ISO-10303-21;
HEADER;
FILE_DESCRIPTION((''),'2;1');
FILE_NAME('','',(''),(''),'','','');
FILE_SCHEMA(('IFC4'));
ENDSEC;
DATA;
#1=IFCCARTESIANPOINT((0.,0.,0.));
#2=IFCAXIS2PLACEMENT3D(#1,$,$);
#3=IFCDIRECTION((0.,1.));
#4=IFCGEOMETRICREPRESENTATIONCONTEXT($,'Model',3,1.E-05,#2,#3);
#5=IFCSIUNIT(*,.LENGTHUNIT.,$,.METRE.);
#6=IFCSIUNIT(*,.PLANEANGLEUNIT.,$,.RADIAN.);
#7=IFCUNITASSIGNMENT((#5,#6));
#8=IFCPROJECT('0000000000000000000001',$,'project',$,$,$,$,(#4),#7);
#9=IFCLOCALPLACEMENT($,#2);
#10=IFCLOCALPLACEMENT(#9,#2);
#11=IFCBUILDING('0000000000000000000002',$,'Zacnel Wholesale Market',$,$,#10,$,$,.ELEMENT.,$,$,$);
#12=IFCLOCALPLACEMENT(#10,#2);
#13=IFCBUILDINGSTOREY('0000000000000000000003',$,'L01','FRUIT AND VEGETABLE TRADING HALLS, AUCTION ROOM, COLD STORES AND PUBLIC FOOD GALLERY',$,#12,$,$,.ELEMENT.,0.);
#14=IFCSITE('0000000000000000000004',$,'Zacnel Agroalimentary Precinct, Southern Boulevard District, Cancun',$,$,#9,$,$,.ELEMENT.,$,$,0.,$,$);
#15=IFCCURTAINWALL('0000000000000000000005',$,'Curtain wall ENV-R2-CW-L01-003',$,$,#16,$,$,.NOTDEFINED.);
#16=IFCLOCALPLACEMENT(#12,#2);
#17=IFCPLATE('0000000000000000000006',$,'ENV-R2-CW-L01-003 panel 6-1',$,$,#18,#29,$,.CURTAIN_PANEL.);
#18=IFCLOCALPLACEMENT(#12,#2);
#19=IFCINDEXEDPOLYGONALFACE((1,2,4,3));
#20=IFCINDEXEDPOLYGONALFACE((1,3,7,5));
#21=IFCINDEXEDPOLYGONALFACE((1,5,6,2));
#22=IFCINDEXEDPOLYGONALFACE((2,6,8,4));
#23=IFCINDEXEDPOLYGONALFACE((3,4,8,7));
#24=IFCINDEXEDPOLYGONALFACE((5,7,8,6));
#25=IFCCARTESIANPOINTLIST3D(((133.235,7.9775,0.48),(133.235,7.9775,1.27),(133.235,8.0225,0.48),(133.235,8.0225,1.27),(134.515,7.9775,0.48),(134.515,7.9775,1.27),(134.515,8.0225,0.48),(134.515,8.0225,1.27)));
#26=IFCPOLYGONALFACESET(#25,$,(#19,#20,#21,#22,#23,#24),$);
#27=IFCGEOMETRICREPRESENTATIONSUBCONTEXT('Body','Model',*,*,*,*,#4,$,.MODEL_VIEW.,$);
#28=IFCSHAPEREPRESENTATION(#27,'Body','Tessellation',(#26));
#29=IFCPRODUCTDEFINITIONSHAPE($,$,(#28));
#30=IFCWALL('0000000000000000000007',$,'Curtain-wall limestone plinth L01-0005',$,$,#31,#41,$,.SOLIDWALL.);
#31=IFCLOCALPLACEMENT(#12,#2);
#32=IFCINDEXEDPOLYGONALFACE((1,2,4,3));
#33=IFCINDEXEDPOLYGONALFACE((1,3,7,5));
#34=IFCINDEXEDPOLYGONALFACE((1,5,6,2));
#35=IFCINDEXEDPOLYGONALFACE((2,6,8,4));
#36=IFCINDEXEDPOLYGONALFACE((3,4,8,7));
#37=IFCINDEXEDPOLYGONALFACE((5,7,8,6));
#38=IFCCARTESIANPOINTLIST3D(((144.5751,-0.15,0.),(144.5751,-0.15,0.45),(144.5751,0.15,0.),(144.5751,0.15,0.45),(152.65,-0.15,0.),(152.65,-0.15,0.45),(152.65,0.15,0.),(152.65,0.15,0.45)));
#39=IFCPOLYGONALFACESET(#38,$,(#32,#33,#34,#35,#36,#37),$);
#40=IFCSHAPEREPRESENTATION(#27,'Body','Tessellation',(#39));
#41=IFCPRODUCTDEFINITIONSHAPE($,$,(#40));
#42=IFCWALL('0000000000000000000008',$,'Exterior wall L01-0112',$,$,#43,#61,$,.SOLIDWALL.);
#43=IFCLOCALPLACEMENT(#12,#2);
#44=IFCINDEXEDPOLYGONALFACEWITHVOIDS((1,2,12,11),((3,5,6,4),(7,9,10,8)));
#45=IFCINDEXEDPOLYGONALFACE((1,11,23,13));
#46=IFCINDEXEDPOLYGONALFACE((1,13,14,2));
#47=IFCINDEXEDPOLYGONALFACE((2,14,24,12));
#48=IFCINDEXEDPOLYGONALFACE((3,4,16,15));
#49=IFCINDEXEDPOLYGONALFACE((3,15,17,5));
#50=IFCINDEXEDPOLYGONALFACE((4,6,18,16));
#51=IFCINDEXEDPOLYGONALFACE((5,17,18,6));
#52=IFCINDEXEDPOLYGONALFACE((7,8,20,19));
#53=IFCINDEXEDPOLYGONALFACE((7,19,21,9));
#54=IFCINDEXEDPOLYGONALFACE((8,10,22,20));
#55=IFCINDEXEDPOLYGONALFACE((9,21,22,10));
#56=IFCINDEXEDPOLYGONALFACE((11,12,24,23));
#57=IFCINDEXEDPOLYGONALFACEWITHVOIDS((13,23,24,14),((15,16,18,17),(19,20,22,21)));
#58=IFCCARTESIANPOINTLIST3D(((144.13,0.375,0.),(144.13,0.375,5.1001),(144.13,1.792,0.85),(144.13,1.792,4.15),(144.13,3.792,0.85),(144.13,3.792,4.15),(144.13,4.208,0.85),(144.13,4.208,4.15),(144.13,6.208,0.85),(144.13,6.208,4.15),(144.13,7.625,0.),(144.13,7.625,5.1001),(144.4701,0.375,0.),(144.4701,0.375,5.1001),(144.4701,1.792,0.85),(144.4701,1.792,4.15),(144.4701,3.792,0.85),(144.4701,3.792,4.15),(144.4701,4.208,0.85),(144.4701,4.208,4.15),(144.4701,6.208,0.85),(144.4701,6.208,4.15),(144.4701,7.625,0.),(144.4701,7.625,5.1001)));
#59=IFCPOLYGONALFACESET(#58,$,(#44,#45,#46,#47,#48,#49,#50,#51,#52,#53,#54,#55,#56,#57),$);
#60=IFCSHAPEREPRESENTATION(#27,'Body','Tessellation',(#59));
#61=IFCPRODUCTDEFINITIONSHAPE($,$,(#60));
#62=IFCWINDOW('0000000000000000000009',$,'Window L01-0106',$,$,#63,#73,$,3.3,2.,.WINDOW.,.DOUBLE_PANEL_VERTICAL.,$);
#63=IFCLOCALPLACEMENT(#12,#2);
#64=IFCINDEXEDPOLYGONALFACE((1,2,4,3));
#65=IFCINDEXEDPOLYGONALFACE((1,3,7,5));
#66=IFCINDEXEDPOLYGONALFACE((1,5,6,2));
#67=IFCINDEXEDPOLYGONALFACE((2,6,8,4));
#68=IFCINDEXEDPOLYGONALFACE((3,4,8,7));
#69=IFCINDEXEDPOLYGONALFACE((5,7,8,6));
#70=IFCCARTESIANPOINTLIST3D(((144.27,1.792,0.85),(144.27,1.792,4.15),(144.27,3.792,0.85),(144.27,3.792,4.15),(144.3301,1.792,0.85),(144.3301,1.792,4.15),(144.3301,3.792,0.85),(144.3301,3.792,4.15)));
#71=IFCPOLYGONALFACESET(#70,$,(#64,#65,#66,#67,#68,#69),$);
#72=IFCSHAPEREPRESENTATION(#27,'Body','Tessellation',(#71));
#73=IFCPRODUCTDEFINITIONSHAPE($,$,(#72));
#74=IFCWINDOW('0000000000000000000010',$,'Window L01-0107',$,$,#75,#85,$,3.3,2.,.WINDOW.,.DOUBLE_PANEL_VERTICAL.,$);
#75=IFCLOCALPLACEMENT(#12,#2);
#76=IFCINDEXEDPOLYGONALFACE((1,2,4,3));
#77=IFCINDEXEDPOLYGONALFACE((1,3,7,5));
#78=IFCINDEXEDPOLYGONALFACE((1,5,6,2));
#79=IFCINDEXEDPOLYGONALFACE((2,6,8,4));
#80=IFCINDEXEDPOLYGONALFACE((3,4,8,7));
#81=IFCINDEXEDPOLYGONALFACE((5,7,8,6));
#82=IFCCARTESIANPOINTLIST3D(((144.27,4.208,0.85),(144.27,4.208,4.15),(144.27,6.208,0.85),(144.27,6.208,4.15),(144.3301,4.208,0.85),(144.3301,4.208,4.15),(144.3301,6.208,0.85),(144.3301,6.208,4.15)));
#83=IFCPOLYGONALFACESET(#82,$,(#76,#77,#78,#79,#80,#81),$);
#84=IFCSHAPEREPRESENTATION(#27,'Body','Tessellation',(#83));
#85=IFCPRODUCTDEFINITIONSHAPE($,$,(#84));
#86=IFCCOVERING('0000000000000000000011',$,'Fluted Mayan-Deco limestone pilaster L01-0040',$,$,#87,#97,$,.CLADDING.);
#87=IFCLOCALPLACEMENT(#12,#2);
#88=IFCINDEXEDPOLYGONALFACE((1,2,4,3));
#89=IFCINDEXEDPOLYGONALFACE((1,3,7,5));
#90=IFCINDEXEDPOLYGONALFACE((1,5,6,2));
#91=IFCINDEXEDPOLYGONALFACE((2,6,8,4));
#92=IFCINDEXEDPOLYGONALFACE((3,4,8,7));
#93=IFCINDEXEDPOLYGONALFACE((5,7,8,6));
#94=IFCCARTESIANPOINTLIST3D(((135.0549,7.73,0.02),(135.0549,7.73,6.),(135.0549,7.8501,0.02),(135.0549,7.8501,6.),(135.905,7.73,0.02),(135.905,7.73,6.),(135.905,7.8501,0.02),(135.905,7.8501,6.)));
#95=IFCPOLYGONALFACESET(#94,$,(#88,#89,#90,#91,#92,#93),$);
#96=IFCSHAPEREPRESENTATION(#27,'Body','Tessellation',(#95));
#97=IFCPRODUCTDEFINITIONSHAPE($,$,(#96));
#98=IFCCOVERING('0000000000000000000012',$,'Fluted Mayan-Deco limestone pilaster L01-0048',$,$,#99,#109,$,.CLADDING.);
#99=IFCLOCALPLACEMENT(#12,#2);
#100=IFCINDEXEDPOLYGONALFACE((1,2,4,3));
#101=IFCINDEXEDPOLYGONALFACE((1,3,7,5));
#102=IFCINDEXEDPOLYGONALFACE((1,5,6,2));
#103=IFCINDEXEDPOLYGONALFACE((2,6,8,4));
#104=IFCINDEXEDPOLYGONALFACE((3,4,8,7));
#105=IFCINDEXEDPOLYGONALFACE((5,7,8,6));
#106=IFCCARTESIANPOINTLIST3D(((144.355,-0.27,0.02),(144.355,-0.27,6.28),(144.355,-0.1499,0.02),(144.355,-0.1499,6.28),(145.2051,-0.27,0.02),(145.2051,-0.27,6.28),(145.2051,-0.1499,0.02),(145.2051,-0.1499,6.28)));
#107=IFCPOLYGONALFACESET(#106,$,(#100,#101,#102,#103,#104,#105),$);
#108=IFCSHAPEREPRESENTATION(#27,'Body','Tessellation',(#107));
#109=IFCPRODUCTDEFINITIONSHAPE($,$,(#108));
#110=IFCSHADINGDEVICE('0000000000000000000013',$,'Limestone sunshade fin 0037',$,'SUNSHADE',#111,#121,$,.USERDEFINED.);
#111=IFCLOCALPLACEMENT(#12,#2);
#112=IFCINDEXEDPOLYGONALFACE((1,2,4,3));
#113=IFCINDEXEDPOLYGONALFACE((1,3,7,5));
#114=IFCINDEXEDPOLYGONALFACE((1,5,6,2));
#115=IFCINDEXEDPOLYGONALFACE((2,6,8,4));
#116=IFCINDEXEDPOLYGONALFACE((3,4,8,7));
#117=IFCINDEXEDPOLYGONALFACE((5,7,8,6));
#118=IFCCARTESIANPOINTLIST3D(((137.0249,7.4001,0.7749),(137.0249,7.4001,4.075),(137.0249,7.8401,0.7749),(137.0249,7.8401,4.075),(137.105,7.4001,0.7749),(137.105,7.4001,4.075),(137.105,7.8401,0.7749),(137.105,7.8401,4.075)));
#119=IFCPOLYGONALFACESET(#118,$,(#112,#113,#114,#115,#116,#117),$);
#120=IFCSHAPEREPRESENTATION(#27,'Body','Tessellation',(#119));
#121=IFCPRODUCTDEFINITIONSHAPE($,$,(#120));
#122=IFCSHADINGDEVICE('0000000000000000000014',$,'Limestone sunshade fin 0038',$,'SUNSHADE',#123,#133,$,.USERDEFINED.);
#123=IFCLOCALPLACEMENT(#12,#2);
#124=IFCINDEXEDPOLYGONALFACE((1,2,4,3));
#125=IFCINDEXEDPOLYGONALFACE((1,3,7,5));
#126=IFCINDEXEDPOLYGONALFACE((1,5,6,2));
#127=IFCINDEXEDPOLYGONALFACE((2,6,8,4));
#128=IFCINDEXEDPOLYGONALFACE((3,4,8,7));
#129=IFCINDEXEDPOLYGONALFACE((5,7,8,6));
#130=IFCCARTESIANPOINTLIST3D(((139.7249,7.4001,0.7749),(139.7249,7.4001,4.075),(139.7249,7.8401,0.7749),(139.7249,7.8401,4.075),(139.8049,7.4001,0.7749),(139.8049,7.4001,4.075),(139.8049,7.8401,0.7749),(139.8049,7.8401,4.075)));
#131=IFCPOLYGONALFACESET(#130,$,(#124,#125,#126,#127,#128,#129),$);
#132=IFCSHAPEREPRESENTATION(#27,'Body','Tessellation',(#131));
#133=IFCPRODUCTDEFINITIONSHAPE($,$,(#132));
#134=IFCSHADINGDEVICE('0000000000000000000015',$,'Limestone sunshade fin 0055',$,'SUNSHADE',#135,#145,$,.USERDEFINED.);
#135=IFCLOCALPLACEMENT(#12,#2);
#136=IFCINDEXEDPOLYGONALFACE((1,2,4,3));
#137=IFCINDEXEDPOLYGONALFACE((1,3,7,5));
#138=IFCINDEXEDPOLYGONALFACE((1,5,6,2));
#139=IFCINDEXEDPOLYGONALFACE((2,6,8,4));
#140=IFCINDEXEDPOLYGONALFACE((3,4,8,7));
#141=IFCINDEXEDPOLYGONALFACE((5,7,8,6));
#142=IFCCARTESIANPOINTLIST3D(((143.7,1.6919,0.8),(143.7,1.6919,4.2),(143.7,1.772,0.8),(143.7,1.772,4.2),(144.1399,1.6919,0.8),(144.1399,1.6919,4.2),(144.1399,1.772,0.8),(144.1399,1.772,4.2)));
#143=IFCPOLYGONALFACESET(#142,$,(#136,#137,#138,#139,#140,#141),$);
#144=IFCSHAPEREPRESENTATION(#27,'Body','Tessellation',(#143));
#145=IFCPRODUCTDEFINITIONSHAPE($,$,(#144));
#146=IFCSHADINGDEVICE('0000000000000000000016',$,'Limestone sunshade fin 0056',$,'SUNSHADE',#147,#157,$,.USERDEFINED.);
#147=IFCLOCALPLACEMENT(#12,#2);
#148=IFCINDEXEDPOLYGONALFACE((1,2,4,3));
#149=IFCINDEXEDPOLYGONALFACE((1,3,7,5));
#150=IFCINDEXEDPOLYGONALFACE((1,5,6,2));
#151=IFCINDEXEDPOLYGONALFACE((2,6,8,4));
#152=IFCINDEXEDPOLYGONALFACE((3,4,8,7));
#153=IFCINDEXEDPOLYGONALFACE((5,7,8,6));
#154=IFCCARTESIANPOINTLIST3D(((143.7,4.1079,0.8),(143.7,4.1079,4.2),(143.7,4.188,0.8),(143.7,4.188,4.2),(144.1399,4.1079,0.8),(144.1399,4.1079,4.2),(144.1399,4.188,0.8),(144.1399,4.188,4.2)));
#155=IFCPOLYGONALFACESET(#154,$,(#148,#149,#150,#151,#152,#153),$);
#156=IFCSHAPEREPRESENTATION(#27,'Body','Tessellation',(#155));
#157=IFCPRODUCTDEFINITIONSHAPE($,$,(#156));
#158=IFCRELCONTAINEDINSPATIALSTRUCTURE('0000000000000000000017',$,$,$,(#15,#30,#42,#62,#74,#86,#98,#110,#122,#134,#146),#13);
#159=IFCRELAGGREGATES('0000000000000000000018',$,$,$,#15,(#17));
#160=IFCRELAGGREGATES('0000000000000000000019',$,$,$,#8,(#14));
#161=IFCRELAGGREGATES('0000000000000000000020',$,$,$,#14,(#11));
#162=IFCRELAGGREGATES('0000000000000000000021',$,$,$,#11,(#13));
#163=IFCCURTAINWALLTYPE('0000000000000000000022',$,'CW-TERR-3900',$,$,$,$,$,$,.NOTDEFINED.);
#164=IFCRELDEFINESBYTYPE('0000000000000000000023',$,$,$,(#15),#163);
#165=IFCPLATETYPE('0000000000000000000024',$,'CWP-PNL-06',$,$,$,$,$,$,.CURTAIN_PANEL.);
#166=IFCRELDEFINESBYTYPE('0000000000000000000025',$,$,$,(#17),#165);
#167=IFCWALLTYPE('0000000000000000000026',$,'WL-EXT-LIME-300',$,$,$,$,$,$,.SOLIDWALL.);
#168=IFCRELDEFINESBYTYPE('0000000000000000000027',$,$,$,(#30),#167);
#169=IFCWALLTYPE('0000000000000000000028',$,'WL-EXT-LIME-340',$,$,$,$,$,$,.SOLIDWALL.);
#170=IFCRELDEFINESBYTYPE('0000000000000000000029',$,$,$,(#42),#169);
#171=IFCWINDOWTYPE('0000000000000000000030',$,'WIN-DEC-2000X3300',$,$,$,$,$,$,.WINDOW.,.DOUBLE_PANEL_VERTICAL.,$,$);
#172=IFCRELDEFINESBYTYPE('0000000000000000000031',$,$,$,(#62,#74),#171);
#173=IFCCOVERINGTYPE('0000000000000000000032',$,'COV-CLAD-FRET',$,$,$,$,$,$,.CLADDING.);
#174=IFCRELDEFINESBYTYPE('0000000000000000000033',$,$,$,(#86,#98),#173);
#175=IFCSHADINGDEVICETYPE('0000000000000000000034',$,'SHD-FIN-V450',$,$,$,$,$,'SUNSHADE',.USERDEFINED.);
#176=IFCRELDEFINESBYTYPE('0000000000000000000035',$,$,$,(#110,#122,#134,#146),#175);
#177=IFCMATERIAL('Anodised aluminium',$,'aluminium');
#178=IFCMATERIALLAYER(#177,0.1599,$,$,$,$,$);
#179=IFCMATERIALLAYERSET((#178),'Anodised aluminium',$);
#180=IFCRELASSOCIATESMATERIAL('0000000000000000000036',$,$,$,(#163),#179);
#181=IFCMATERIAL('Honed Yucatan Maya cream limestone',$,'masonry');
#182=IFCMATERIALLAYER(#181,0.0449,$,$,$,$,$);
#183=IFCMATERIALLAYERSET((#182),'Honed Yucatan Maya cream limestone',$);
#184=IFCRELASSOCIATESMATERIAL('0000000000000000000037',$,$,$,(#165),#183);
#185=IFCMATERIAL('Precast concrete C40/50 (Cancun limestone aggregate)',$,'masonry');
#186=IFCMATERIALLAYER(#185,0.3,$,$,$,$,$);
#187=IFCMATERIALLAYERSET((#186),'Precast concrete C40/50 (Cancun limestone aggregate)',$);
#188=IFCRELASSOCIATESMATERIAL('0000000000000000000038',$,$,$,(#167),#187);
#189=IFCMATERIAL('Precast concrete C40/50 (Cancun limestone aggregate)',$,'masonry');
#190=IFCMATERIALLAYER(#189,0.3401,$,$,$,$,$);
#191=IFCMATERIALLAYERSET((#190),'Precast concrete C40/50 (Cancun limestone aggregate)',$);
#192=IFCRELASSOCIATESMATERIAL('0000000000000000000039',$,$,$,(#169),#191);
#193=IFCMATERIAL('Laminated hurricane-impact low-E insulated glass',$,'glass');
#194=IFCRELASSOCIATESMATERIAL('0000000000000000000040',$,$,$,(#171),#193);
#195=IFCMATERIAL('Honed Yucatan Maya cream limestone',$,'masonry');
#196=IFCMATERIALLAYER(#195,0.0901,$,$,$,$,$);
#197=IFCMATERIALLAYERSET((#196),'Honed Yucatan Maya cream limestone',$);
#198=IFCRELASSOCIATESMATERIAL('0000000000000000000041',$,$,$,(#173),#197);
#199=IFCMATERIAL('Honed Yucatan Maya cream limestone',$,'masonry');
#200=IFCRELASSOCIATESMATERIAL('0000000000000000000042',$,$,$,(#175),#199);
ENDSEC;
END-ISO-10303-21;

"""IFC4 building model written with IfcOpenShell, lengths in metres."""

from ifc_helpers import new_model, si_unit, direction, frame, frame_2d, origin, origin_2d, place, context, subcontext, project, spatial, rectangle, extrude, material, layer, layer_set, type_object, element, fill, aggregate, save


model = new_model("IFC4")

# Units and contexts
model_context = context("Model", 3, precision=1e-05, world=origin(), true_north=direction((0.0, 1.0)))
body_context = subcontext(model_context, "Body", "Model", "MODEL_VIEW")
ifc_project = project(units=[si_unit("LENGTHUNIT", "METRE"), si_unit("PLANEANGLEUNIT", "RADIAN")], contexts=[model_context])

# Site, building, storey
site_placement = place(None, origin())
site = spatial("IfcSite", under=ifc_project, at=site_placement, Name="Zacnel Agroalimentary Precinct, Southern Boulevard District, Cancun", CompositionType="ELEMENT", RefElevation=0.0)
building_placement = place(site_placement, origin())
building = spatial("IfcBuilding", under=site, at=building_placement, Name="Zacnel Wholesale Market", CompositionType="ELEMENT")
storey_placement = place(building_placement, origin())
storey = spatial("IfcBuildingStorey", under=building, at=storey_placement, Name="L01", Description="FRUIT AND VEGETABLE TRADING HALLS, AUCTION ROOM, COLD STORES AND PUBLIC FOOD GALLERY", CompositionType="ELEMENT", Elevation=0.0)

# Curtain wall, plate
ifc_material_1 = material(Name="Anodised aluminium", Category="aluminium")
ifc_layer_1 = layer(ifc_material_1, 0.1599)
ifc_layer_set_1 = layer_set([ifc_layer_1], Name="Anodised aluminium")
curtain_wall_type_1 = type_object("IfcCurtainWallType", Name="CW-TERR-3900", PredefinedType="NOTDEFINED", material=ifc_layer_set_1)
curtain_wall_1_placement = place(storey_placement, origin())
curtain_wall_1 = element("IfcCurtainWall", 1, at=curtain_wall_1_placement, inside=storey, type_object=curtain_wall_type_1, Name="Curtain wall ENV-R2-CW-L01-003", PredefinedType="NOTDEFINED")
ifc_material_2 = material(Name="Honed Yucatan Maya cream limestone", Category="masonry")
ifc_layer_2 = layer(ifc_material_2, 0.0449)
ifc_layer_set_2 = layer_set([ifc_layer_2], Name="Honed Yucatan Maya cream limestone")
plate_type = type_object("IfcPlateType", Name="CWP-PNL-06", PredefinedType="CURTAIN_PANEL", material=ifc_layer_set_2)
plate_placement = place(storey_placement, frame((133.875, 8.0, 0.48), z_axis=(0.0, 0.0, 1.0), x_axis=(1.0, 0.0, 0.0)))
plate = element("IfcPlate", 2, at=plate_placement, type_object=plate_type, Name="ENV-R2-CW-L01-003 panel 6-1", PredefinedType="CURTAIN_PANEL", context=body_context, shape_type="SweptSolid", body=[
    extrude(rectangle(XDim=1.28, YDim=0.0449, at=origin_2d()), origin(), (0.0, 0.0, 1.0), 0.79),
])
aggregate(curtain_wall_1, [plate])

# Wall
ifc_material_3 = material(Name="Precast concrete C40/50 (Cancun limestone aggregate)", Category="masonry")
ifc_layer_3 = layer(ifc_material_3, 0.3)
ifc_layer_set_3 = layer_set([ifc_layer_3], Name="Precast concrete C40/50 (Cancun limestone aggregate)")
wall_type_1 = type_object("IfcWallType", Name="WL-EXT-LIME-300", PredefinedType="SOLIDWALL", material=ifc_layer_set_3)
wall_1_placement = place(storey_placement, frame((144.575, 0.0, 0.0), z_axis=(0.0, 0.0, 1.0), x_axis=(1.0, 0.0, 0.0)))
element("IfcWall", 3, at=wall_1_placement, inside=storey, type_object=wall_type_1, Name="Curtain-wall limestone plinth L01-0005", PredefinedType="SOLIDWALL", context=body_context, shape_type="SweptSolid", body=[
    extrude(rectangle(XDim=8.075, YDim=0.3, at=frame_2d((4.0376, 0.0))), origin(), (0.0, 0.0, 1.0), 0.45),
])

# Wall, openings, windows
ifc_material_4 = material(Name="Precast concrete C40/50 (Cancun limestone aggregate)", Category="masonry")
ifc_layer_4 = layer(ifc_material_4, 0.3401)
ifc_layer_set_4 = layer_set([ifc_layer_4], Name="Precast concrete C40/50 (Cancun limestone aggregate)")
wall_type_2 = type_object("IfcWallType", Name="WL-EXT-LIME-340", PredefinedType="SOLIDWALL", material=ifc_layer_set_4)
wall_2_placement = place(storey_placement, frame((144.3, 0.375, 0.0), z_axis=(0.0, 0.0, 1.0), x_axis=(0.0, 1.0, 0.0)))
wall_2 = element("IfcWall", 4, at=wall_2_placement, inside=storey, type_object=wall_type_2, Name="Exterior wall L01-0112", PredefinedType="SOLIDWALL", context=body_context, shape_type="SweptSolid", body=[
    extrude(rectangle(XDim=7.25, YDim=0.3401, at=frame_2d((3.625, 0.0))), origin(), (0.0, 0.0, 1.0), 5.1001),
])
opening_1_placement = place(wall_2_placement, frame((1.417, 0.0, 0.8501)))
opening_1 = element("IfcOpeningElement", 5, at=opening_1_placement, cuts=wall_2, PredefinedType="OPENING", context=body_context, shape_type="SweptSolid", body=[
    extrude(rectangle(XDim=2.0, YDim=3.3, at=frame_2d((1.0, 1.6499))), frame((0.0, 0.1799, 0.0), z_axis=(0.0, -1.0, 0.0), x_axis=(1.0, 0.0, 0.0)), (0.0, 0.0, 1.0), 0.3601),
])
opening_2_placement = place(wall_2_placement, frame((3.833, 0.0, 0.8501)))
opening_2 = element("IfcOpeningElement", 6, at=opening_2_placement, cuts=wall_2, PredefinedType="OPENING", context=body_context, shape_type="SweptSolid", body=[
    extrude(rectangle(XDim=2.0, YDim=3.3, at=frame_2d((1.0, 1.6499))), frame((0.0, 0.1799, 0.0), z_axis=(0.0, -1.0, 0.0), x_axis=(1.0, 0.0, 0.0)), (0.0, 0.0, 1.0), 0.3601),
])
ifc_material_5 = material(Name="Laminated hurricane-impact low-E insulated glass", Category="glass")
window_type = type_object("IfcWindowType", Name="WIN-DEC-2000X3300", PartitioningType="DOUBLE_PANEL_VERTICAL", PredefinedType="WINDOW", material=ifc_material_5)
window_1_placement = place(opening_1_placement, origin())
window_1 = element("IfcWindow", 7, at=window_1_placement, inside=storey, type_object=window_type, Name="Window L01-0106", OverallHeight=3.3, OverallWidth=2.0, PartitioningType="DOUBLE_PANEL_VERTICAL", PredefinedType="WINDOW", context=body_context, shape_type="SweptSolid", body=[
    extrude(rectangle(XDim=2.0, YDim=3.3, at=frame_2d((1.0, 1.6499))), frame((0.0, 0.03, 0.0), z_axis=(0.0, -1.0, 0.0), x_axis=(1.0, 0.0, 0.0)), (0.0, 0.0, 1.0), 0.0601),
])
fill(opening_1, window_1)
window_2_placement = place(opening_2_placement, origin())
window_2 = element("IfcWindow", 8, at=window_2_placement, inside=storey, type_object=window_type, Name="Window L01-0107", OverallHeight=3.3, OverallWidth=2.0, PartitioningType="DOUBLE_PANEL_VERTICAL", PredefinedType="WINDOW", context=body_context, shape_type="SweptSolid", body=[
    extrude(rectangle(XDim=2.0, YDim=3.3, at=frame_2d((1.0, 1.6499))), frame((0.0, 0.03, 0.0), z_axis=(0.0, -1.0, 0.0), x_axis=(1.0, 0.0, 0.0)), (0.0, 0.0, 1.0), 0.0601),
])
fill(opening_2, window_2)

# Coverings
ifc_material_6 = material(Name="Honed Yucatan Maya cream limestone", Category="masonry")
ifc_layer_5 = layer(ifc_material_6, 0.0901)
ifc_layer_set_5 = layer_set([ifc_layer_5], Name="Honed Yucatan Maya cream limestone")
covering_type = type_object("IfcCoveringType", Name="COV-CLAD-FRET", PredefinedType="CLADDING", material=ifc_layer_set_5)
covering_1_placement = place(storey_placement, frame((135.48, 7.79, 0.02), z_axis=(0.0, 0.0, 1.0), x_axis=(1.0, 0.0, 0.0)))
element("IfcCovering", 9, at=covering_1_placement, inside=storey, type_object=covering_type, Name="Fluted Mayan-Deco limestone pilaster L01-0040", PredefinedType="CLADDING", context=body_context, shape_type="SweptSolid", body=[
    extrude(rectangle(XDim=0.8501, YDim=0.1201, at=origin_2d()), origin(), (0.0, 0.0, 1.0), 5.98),
])
covering_2_placement = place(storey_placement, frame((144.78, -0.21, 0.02), z_axis=(0.0, 0.0, 1.0), x_axis=(1.0, 0.0, 0.0)))
element("IfcCovering", 10, at=covering_2_placement, inside=storey, type_object=covering_type, Name="Fluted Mayan-Deco limestone pilaster L01-0048", PredefinedType="CLADDING", context=body_context, shape_type="SweptSolid", body=[
    extrude(rectangle(XDim=0.8501, YDim=0.1201, at=origin_2d()), origin(), (0.0, 0.0, 1.0), 6.26),
])

# Shading devices
ifc_material_7 = material(Name="Honed Yucatan Maya cream limestone", Category="masonry")
shading_device_type = type_object("IfcShadingDeviceType", Name="SHD-FIN-V450", ElementType="SUNSHADE", PredefinedType="USERDEFINED", material=ifc_material_7)
for number, where, z_axis, x_axis, name in (
    (11, (137.0649, 7.6201, 0.7749), (0.0, 0.0, 1.0), (1.0, 0.0, 0.0), "Limestone sunshade fin 0037"),
    (12, (139.7649, 7.6201, 0.7749), (0.0, 0.0, 1.0), (1.0, 0.0, 0.0), "Limestone sunshade fin 0038"),
):
    element("IfcShadingDevice", number, at=place(storey_placement, frame(where, z_axis=z_axis, x_axis=x_axis)), inside=storey, type_object=shading_device_type, Name=name, ObjectType="SUNSHADE", PredefinedType="USERDEFINED", context=body_context, shape_type="SweptSolid", body=[
        extrude(rectangle(XDim=0.0801, YDim=0.4399, at=origin_2d()), origin(), (0.0, 0.0, 1.0), 3.3),
    ])
for number, where, z_axis, x_axis, name in (
    (13, (143.9199, 1.7319, 0.8), (0.0, 0.0, 1.0), (0.0, 1.0, 0.0), "Limestone sunshade fin 0055"),
    (14, (143.9199, 4.1479, 0.8), (0.0, 0.0, 1.0), (0.0, 1.0, 0.0), "Limestone sunshade fin 0056"),
):
    element("IfcShadingDevice", number, at=place(storey_placement, frame(where, z_axis=z_axis, x_axis=x_axis)), inside=storey, type_object=shading_device_type, Name=name, ObjectType="SUNSHADE", PredefinedType="USERDEFINED", context=body_context, shape_type="SweptSolid", body=[
        extrude(rectangle(XDim=0.0801, YDim=0.4399, at=origin_2d()), origin(), (0.0, 0.0, 1.0), 3.3999),
    ])

save(model, "model.ifc")
